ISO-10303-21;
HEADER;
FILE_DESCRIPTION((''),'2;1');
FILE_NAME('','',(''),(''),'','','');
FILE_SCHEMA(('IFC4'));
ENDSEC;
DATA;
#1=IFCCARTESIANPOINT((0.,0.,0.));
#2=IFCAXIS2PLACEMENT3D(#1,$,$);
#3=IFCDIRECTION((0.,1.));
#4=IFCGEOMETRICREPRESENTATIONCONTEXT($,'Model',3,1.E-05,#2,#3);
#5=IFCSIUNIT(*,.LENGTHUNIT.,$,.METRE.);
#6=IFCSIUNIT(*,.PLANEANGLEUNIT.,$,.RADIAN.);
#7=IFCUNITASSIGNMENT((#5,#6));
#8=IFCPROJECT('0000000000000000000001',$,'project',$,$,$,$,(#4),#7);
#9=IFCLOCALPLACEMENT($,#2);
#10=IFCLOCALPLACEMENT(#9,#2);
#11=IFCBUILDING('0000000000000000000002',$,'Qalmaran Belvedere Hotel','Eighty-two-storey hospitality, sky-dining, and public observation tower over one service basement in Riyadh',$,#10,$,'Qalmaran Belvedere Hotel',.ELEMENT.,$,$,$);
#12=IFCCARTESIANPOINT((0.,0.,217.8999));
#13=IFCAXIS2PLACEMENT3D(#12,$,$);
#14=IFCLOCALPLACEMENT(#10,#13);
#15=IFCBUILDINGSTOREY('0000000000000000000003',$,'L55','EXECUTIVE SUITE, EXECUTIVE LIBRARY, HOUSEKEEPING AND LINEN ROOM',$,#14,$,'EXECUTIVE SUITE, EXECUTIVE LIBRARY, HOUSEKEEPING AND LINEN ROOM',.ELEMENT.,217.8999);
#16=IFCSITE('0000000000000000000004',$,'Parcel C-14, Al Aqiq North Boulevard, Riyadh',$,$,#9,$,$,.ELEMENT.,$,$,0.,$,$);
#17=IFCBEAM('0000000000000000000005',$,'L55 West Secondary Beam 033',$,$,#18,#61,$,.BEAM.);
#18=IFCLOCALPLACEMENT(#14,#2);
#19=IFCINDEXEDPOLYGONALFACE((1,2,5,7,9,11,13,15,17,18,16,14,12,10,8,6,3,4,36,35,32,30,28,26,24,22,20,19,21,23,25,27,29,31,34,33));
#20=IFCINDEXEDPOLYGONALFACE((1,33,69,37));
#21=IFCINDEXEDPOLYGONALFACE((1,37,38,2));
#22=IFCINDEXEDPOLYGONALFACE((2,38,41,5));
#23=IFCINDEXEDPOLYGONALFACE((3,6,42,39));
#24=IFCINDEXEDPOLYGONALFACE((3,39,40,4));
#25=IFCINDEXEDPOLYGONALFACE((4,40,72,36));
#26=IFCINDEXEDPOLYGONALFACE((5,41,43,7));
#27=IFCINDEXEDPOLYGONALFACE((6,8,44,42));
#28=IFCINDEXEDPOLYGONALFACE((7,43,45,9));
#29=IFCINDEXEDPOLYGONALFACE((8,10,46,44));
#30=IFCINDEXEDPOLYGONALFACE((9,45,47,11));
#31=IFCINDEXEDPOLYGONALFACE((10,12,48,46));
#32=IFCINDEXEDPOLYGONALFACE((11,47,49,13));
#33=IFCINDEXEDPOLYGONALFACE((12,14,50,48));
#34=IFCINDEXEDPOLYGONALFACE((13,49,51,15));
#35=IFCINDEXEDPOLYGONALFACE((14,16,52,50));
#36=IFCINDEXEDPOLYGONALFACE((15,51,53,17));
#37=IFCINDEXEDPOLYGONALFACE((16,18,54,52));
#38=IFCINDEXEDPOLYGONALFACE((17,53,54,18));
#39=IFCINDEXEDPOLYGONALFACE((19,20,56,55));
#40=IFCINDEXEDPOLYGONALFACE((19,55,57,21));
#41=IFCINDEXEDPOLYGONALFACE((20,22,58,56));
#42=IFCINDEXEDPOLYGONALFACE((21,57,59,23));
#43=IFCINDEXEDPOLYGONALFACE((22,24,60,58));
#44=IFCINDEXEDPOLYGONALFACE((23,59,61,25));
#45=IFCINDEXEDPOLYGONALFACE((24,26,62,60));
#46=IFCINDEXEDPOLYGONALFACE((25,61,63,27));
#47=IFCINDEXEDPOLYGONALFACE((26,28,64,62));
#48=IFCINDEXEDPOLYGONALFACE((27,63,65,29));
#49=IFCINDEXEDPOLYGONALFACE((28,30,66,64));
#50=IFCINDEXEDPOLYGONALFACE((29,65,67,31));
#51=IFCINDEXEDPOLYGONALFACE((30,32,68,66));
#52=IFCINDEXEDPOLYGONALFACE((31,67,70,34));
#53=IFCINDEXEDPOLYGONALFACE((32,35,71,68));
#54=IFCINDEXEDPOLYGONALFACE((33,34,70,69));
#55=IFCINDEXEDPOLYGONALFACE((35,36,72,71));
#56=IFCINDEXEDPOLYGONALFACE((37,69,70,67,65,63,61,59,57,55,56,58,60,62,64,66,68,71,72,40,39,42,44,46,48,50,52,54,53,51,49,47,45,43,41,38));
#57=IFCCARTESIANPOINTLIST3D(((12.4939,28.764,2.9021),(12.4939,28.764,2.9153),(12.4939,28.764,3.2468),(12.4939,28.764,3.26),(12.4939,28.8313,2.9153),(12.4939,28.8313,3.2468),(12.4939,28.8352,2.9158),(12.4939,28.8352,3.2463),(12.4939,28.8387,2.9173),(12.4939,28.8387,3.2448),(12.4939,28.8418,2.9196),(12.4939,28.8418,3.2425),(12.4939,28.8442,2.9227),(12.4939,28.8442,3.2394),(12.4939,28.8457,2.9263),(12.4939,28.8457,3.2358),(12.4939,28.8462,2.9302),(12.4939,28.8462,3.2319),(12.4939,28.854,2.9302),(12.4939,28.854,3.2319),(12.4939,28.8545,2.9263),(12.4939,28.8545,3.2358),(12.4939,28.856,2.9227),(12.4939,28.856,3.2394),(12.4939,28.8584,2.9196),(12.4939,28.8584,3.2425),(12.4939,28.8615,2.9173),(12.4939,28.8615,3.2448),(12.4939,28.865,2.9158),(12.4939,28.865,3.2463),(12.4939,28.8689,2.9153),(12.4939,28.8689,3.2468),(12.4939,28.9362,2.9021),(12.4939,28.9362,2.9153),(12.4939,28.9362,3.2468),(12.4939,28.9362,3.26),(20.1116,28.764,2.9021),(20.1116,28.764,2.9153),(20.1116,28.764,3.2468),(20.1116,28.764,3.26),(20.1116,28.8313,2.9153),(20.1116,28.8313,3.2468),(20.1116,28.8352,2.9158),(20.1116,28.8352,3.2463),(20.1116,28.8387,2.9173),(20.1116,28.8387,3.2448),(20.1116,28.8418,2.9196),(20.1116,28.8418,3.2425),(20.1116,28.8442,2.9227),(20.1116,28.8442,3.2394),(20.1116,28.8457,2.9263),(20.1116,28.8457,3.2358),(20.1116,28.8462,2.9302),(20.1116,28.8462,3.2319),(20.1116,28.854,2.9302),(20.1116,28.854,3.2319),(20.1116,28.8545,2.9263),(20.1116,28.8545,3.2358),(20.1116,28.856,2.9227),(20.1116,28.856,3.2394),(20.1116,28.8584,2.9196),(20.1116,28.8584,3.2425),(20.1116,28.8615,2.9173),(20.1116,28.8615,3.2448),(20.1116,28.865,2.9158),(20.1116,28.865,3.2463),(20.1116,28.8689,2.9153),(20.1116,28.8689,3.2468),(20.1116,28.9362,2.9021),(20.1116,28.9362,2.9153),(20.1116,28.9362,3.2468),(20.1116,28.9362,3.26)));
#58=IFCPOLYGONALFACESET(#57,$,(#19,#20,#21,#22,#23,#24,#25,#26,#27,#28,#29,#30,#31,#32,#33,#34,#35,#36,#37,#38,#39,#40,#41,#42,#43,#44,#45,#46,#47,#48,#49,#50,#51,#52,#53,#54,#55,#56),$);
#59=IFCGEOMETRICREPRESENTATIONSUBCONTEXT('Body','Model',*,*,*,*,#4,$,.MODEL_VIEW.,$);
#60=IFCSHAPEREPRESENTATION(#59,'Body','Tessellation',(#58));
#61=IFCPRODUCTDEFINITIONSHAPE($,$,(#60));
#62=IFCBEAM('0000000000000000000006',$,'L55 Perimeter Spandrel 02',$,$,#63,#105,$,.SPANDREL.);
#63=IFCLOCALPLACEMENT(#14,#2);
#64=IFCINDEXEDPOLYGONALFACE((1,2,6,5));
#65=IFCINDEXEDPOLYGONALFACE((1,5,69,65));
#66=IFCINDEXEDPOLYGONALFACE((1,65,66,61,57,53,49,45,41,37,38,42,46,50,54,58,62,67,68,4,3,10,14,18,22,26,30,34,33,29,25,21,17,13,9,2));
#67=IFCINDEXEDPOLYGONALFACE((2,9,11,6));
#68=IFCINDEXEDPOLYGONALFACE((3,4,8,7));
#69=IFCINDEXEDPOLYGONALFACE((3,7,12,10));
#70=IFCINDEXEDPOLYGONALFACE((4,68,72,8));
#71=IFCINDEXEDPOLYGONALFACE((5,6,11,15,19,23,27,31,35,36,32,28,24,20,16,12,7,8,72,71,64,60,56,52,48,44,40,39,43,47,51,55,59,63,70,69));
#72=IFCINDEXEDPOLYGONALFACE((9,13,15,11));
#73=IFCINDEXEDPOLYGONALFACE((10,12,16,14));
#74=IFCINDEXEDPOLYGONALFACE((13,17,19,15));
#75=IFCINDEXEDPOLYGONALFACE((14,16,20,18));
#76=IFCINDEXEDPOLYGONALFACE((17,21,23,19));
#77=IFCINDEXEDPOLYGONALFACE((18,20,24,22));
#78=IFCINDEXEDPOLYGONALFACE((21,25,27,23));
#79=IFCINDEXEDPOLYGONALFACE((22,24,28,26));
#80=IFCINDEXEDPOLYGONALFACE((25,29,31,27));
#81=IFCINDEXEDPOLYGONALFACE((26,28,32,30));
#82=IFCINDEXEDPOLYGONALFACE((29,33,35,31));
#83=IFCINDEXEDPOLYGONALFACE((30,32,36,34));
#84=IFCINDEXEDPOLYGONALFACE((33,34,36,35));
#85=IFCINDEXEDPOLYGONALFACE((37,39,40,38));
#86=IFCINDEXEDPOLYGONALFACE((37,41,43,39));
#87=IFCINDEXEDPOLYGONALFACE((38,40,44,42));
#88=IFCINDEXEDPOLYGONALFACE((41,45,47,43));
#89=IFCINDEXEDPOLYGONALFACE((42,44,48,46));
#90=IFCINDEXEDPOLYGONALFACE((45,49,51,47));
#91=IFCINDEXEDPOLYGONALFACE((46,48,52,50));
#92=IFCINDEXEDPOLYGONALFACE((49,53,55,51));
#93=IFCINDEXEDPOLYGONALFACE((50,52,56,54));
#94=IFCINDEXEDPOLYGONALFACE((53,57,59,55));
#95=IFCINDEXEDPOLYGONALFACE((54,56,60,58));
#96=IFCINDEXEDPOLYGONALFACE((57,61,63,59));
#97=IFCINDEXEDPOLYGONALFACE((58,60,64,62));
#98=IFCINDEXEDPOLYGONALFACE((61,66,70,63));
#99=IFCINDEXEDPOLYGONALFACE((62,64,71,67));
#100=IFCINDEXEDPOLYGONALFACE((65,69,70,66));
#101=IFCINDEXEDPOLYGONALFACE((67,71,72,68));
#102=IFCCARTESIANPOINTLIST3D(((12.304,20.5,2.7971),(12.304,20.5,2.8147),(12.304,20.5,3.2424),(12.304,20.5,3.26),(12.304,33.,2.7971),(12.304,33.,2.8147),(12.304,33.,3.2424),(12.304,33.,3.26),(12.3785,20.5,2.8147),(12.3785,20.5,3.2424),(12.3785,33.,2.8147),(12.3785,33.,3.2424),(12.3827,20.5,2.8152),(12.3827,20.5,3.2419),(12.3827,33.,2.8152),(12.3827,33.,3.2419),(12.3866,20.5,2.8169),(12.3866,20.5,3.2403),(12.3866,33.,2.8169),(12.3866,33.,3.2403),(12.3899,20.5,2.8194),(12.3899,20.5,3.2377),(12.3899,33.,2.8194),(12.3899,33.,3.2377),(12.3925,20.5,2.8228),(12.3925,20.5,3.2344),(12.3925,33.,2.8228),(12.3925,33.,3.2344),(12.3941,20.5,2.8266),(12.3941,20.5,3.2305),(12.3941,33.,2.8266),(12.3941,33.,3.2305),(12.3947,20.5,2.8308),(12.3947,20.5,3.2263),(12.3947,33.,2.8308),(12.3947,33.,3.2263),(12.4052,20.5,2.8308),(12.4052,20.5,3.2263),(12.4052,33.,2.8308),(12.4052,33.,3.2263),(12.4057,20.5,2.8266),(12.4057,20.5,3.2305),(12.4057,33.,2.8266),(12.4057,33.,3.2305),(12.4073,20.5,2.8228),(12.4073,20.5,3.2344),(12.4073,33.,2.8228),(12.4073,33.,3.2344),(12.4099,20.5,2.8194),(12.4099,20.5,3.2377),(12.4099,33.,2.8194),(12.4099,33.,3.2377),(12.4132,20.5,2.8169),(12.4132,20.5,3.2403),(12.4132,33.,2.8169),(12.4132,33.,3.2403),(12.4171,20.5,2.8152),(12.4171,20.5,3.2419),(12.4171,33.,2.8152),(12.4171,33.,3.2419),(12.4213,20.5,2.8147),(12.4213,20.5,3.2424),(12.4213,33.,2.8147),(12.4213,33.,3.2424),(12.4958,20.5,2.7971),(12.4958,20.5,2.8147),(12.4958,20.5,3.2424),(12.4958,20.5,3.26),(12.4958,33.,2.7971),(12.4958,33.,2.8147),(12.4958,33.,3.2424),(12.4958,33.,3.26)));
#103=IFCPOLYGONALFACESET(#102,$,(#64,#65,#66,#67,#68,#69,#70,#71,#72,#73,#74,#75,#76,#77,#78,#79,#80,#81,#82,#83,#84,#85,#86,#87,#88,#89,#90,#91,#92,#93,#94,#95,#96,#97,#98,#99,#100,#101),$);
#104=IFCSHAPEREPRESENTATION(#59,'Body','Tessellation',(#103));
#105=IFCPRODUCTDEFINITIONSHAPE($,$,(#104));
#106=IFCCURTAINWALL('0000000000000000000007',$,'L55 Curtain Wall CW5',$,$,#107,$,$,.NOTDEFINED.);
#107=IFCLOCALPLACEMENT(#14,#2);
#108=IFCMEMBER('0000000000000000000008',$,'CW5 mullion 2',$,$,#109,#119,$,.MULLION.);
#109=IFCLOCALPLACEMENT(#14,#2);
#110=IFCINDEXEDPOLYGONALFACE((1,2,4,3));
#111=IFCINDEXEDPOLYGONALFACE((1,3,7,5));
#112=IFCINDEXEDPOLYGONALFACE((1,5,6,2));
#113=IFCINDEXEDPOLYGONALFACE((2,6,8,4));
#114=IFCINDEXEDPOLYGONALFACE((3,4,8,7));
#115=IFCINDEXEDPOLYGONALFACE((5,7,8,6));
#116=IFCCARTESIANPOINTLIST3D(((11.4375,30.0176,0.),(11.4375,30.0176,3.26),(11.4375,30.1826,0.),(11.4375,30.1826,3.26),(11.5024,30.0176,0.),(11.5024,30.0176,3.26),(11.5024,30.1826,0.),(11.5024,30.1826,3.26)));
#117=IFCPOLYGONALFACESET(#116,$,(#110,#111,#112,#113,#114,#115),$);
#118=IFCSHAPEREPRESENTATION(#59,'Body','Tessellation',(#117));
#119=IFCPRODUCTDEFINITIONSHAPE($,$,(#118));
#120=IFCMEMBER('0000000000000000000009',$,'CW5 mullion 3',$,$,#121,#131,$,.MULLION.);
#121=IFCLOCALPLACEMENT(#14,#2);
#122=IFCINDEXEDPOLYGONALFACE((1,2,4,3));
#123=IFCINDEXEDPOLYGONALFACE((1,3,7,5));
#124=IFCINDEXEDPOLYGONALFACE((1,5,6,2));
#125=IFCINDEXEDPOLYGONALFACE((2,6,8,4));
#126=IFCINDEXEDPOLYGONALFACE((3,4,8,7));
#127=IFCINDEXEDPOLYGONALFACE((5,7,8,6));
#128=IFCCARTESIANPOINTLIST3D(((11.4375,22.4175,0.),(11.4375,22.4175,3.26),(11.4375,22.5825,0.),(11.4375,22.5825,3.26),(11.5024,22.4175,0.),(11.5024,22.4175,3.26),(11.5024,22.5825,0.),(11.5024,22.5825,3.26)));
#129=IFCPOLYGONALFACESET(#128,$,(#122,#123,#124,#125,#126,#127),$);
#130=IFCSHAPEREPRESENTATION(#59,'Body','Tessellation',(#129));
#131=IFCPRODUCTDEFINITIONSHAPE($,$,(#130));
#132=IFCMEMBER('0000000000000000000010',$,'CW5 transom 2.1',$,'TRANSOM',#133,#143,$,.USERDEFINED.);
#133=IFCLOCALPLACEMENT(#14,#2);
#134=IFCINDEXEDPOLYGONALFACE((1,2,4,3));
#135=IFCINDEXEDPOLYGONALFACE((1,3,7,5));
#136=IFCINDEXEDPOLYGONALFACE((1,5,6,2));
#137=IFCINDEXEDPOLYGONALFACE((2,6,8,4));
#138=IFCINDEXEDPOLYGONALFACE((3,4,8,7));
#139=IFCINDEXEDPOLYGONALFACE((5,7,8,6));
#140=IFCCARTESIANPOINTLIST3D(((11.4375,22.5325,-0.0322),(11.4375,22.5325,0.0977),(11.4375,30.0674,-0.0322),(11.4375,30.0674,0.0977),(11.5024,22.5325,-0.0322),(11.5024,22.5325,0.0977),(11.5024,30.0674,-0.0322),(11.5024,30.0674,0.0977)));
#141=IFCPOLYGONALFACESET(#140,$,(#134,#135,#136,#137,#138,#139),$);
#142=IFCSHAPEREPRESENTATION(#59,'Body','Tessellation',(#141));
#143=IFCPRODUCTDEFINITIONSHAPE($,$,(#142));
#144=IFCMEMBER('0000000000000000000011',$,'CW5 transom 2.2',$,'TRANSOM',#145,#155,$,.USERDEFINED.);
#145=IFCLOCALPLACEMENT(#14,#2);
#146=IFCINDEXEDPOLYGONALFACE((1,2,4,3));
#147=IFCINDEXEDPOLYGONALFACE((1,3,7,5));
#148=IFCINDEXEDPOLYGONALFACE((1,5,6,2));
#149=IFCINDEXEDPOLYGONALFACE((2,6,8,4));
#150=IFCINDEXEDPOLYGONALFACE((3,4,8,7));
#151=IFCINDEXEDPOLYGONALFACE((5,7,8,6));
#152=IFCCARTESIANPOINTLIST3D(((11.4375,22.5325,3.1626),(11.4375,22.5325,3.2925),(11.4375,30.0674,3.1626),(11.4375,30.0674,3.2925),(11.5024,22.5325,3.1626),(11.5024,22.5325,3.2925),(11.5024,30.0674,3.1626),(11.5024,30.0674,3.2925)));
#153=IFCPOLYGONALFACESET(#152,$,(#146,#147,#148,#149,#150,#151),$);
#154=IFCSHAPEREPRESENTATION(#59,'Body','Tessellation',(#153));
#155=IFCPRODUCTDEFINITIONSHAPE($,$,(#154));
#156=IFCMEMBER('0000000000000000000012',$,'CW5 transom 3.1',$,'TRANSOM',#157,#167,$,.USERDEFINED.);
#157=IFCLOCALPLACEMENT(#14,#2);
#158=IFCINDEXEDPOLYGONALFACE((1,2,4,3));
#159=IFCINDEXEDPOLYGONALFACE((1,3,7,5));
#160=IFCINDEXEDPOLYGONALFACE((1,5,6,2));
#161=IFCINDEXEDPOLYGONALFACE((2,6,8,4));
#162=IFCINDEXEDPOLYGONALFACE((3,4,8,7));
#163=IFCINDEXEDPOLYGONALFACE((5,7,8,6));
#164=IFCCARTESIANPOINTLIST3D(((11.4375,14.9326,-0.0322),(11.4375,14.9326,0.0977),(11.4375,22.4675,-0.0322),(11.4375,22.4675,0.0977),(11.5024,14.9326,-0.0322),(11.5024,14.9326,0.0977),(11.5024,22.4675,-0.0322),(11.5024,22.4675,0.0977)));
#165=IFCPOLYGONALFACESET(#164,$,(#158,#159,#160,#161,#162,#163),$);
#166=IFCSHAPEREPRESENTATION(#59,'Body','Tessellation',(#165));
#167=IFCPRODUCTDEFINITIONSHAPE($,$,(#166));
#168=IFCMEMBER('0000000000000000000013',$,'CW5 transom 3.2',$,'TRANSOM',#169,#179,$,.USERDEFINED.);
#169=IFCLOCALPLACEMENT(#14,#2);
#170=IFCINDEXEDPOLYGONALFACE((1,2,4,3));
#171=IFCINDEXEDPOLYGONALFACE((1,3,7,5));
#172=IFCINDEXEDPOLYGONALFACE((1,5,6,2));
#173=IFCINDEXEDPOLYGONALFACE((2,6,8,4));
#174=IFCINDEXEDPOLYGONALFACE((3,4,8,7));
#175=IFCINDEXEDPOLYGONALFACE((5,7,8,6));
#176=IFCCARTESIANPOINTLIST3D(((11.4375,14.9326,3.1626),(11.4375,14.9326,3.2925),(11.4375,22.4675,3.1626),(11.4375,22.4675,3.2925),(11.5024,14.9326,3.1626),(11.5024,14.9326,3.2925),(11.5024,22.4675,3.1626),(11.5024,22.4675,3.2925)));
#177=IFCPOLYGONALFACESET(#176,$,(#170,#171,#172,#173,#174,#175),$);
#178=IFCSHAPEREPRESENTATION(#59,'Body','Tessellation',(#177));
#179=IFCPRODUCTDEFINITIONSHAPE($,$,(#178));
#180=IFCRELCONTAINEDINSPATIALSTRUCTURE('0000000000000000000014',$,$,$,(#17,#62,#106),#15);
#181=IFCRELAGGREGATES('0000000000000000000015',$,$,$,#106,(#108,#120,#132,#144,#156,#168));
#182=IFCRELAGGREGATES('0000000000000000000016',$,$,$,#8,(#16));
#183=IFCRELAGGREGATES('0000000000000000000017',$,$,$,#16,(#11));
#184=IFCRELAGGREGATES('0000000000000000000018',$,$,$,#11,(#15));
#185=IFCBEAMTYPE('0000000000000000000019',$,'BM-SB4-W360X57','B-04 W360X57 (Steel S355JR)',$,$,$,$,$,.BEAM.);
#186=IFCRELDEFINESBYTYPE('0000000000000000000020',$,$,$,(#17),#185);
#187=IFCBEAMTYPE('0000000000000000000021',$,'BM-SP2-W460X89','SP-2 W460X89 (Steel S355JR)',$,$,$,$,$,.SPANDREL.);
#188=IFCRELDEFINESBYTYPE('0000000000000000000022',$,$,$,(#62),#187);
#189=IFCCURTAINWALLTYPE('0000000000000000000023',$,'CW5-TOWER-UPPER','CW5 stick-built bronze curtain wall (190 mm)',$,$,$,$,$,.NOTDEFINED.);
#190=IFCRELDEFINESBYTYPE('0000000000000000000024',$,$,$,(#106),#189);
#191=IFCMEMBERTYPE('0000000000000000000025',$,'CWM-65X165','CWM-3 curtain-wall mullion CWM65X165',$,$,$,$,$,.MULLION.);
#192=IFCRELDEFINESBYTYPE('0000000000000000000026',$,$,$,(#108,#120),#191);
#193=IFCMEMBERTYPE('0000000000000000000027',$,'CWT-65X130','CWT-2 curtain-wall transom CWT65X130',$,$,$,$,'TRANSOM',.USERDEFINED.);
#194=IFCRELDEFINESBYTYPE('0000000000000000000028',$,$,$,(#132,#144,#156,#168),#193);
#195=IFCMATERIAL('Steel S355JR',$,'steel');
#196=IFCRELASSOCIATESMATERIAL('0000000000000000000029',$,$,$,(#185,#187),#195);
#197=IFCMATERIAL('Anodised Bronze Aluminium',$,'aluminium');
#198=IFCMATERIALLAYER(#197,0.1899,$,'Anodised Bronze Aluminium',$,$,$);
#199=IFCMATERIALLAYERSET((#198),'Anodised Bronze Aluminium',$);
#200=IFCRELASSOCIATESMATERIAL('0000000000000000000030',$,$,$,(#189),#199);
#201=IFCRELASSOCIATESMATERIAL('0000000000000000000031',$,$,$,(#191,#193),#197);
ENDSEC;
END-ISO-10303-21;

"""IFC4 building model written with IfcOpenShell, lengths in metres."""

from ifc_helpers import new_model, si_unit, direction, frame, origin, origin_2d, place, context, subcontext, project, spatial, rectangle, i_section, extrude, material, layer, layer_set, material_profile, profile_set, type_object, element, aggregate, save


model = new_model("IFC4")

# Units and contexts
model_context = context("Model", 3, precision=1e-05, world=origin(), true_north=direction((0.0, 1.0)))
body_context = subcontext(model_context, "Body", "Model", "MODEL_VIEW")
ifc_project = project(units=[si_unit("LENGTHUNIT", "METRE"), si_unit("PLANEANGLEUNIT", "RADIAN")], contexts=[model_context])

# Site, building, storey
site_placement = place(None, origin())
site = spatial("IfcSite", under=ifc_project, at=site_placement, Name="Parcel C-14, Al Aqiq North Boulevard, Riyadh", CompositionType="ELEMENT", RefElevation=0.0)
building_placement = place(site_placement, origin())
building = spatial("IfcBuilding", under=site, at=building_placement, Name="Qalmaran Belvedere Hotel", Description="Eighty-two-storey hospitality, sky-dining, and public observation tower over one service basement in Riyadh", LongName="Qalmaran Belvedere Hotel", CompositionType="ELEMENT")
storey_placement = place(building_placement, frame((0.0, 0.0, 217.8999)))
storey = spatial("IfcBuildingStorey", under=building, at=storey_placement, Name="L55", Description="EXECUTIVE SUITE, EXECUTIVE LIBRARY, HOUSEKEEPING AND LINEN ROOM", LongName="EXECUTIVE SUITE, EXECUTIVE LIBRARY, HOUSEKEEPING AND LINEN ROOM", CompositionType="ELEMENT", Elevation=217.8999)

# Beams
ifc_material_1 = material(Name="Steel S355JR", Category="steel")
ifc_material_profile_1 = material_profile(ifc_material_1, i_section(OverallWidth=0.1721, OverallDepth=0.3579, WebThickness=0.0078, FlangeThickness=0.0132, FilletRadius=0.0149, at=origin_2d()), Name="W360X57")
ifc_profile_set_1 = profile_set([ifc_material_profile_1], Name="Steel S355JR")
beam_type_1 = type_object("IfcBeamType", Name="BM-SB4-W360X57", Description="B-04 W360X57 (Steel S355JR)", PredefinedType="BEAM", material=ifc_profile_set_1)
for number, where, z_axis, x_axis, name in (
    (1, (12.4939, 28.8501, 3.0811), (1.0, 0.0, 0.0), (0.0, 1.0, 0.0), "L55 West Secondary Beam 033"),
):
    element("IfcBeam", number, at=place(storey_placement, frame(where, z_axis=z_axis, x_axis=x_axis)), inside=storey, type_object=beam_type_1, Name=name, PredefinedType="BEAM", context=body_context, shape_type="SweptSolid", body=[
        extrude(i_section(OverallWidth=0.1721, OverallDepth=0.3579, WebThickness=0.0078, FlangeThickness=0.0132, FilletRadius=0.0149, at=origin_2d()), origin(), (0.0, 0.0, 1.0), 7.6177),
    ])
ifc_material_profile_2 = material_profile(ifc_material_1, i_section(OverallWidth=0.1919, OverallDepth=0.4629, WebThickness=0.0105, FlangeThickness=0.0176, FilletRadius=0.0161, at=origin_2d()), Name="W460X89")
ifc_profile_set_2 = profile_set([ifc_material_profile_2], Name="Steel S355JR")
beam_type_2 = type_object("IfcBeamType", Name="BM-SP2-W460X89", Description="SP-2 W460X89 (Steel S355JR)", PredefinedType="SPANDREL", material=ifc_profile_set_2)
beam_placement = place(storey_placement, frame((12.3999, 20.5, 3.0286), z_axis=(0.0, 1.0, 0.0), x_axis=(-1.0, 0.0, 0.0)))
element("IfcBeam", 2, at=beam_placement, inside=storey, type_object=beam_type_2, Name="L55 Perimeter Spandrel 02", PredefinedType="SPANDREL", context=body_context, shape_type="SweptSolid", body=[
    extrude(i_section(OverallWidth=0.1919, OverallDepth=0.4629, WebThickness=0.0105, FlangeThickness=0.0176, FilletRadius=0.0161, at=origin_2d()), origin(), (0.0, 0.0, 1.0), 12.5),
])

# Curtain wall, members
ifc_material_2 = material(Name="Anodised Bronze Aluminium", Category="aluminium")
ifc_layer_1 = layer(ifc_material_2, 0.1899, Name="Anodised Bronze Aluminium")
ifc_layer_set_1 = layer_set([ifc_layer_1], Name="Anodised Bronze Aluminium")
curtain_wall_type = type_object("IfcCurtainWallType", Name="CW5-TOWER-UPPER", Description="CW5 stick-built bronze curtain wall (190 mm)", PredefinedType="NOTDEFINED", material=ifc_layer_set_1)
curtain_wall_placement = place(storey_placement, origin())
curtain_wall = element("IfcCurtainWall", 3, at=curtain_wall_placement, inside=storey, type_object=curtain_wall_type, Name="L55 Curtain Wall CW5", PredefinedType="NOTDEFINED")
ifc_material_profile_3 = material_profile(ifc_material_2, rectangle(XDim=0.0649, YDim=0.165, at=origin_2d()), Name="CWM65X165")
ifc_profile_set_3 = profile_set([ifc_material_profile_3], Name="Anodised Bronze Aluminium")
member_type_1 = type_object("IfcMemberType", Name="CWM-65X165", Description="CWM-3 curtain-wall mullion CWM65X165", PredefinedType="MULLION", material=ifc_profile_set_3)
member_1_placement = place(storey_placement, frame((11.47, 30.1001, 0.0), z_axis=(0.0, 0.0, 1.0), x_axis=(1.0, 0.0, 0.0)))
member_1 = element("IfcMember", 4, at=member_1_placement, type_object=member_type_1, Name="CW5 mullion 2", PredefinedType="MULLION", context=body_context, shape_type="SweptSolid", body=[
    extrude(rectangle(XDim=0.0649, YDim=0.165, at=origin_2d()), origin(), (0.0, 0.0, 1.0), 3.26),
])
member_2_placement = place(storey_placement, frame((11.47, 22.5, 0.0), z_axis=(0.0, 0.0, 1.0), x_axis=(1.0, 0.0, 0.0)))
member_2 = element("IfcMember", 5, at=member_2_placement, type_object=member_type_1, Name="CW5 mullion 3", PredefinedType="MULLION", context=body_context, shape_type="SweptSolid", body=[
    extrude(rectangle(XDim=0.0649, YDim=0.165, at=origin_2d()), origin(), (0.0, 0.0, 1.0), 3.26),
])
ifc_material_profile_4 = material_profile(ifc_material_2, rectangle(XDim=0.0649, YDim=0.1299, at=origin_2d()), Name="CWT65X130")
ifc_profile_set_4 = profile_set([ifc_material_profile_4], Name="Anodised Bronze Aluminium")
member_type_2 = type_object("IfcMemberType", Name="CWT-65X130", Description="CWT-2 curtain-wall transom CWT65X130", ElementType="TRANSOM", PredefinedType="USERDEFINED", material=ifc_profile_set_4)
member_3_placement = place(storey_placement, frame((11.47, 30.0674, 0.0327), z_axis=(0.0, -1.0, 0.0), x_axis=(1.0, 0.0, 0.0)))
member_3 = element("IfcMember", 6, at=member_3_placement, type_object=member_type_2, Name="CW5 transom 2.1", ObjectType="TRANSOM", PredefinedType="USERDEFINED", context=body_context, shape_type="SweptSolid", body=[
    extrude(rectangle(XDim=0.0649, YDim=0.1299, at=origin_2d()), origin(), (0.0, 0.0, 1.0), 7.5349),
])
member_4_placement = place(storey_placement, frame((11.47, 30.0674, 3.2275), z_axis=(0.0, -1.0, 0.0), x_axis=(1.0, 0.0, 0.0)))
member_4 = element("IfcMember", 7, at=member_4_placement, type_object=member_type_2, Name="CW5 transom 2.2", ObjectType="TRANSOM", PredefinedType="USERDEFINED", context=body_context, shape_type="SweptSolid", body=[
    extrude(rectangle(XDim=0.0649, YDim=0.1299, at=origin_2d()), origin(), (0.0, 0.0, 1.0), 7.5349),
])
member_5_placement = place(storey_placement, frame((11.47, 22.4675, 0.0327), z_axis=(0.0, -1.0, 0.0), x_axis=(1.0, 0.0, 0.0)))
member_5 = element("IfcMember", 8, at=member_5_placement, type_object=member_type_2, Name="CW5 transom 3.1", ObjectType="TRANSOM", PredefinedType="USERDEFINED", context=body_context, shape_type="SweptSolid", body=[
    extrude(rectangle(XDim=0.0649, YDim=0.1299, at=origin_2d()), origin(), (0.0, 0.0, 1.0), 7.5349),
])
member_6_placement = place(storey_placement, frame((11.47, 22.4675, 3.2275), z_axis=(0.0, -1.0, 0.0), x_axis=(1.0, 0.0, 0.0)))
member_6 = element("IfcMember", 9, at=member_6_placement, type_object=member_type_2, Name="CW5 transom 3.2", ObjectType="TRANSOM", PredefinedType="USERDEFINED", context=body_context, shape_type="SweptSolid", body=[
    extrude(rectangle(XDim=0.0649, YDim=0.1299, at=origin_2d()), origin(), (0.0, 0.0, 1.0), 7.5349),
])
aggregate(curtain_wall, [member_1, member_2, member_3, member_4, member_5, member_6])

save(model, "model.ifc")
